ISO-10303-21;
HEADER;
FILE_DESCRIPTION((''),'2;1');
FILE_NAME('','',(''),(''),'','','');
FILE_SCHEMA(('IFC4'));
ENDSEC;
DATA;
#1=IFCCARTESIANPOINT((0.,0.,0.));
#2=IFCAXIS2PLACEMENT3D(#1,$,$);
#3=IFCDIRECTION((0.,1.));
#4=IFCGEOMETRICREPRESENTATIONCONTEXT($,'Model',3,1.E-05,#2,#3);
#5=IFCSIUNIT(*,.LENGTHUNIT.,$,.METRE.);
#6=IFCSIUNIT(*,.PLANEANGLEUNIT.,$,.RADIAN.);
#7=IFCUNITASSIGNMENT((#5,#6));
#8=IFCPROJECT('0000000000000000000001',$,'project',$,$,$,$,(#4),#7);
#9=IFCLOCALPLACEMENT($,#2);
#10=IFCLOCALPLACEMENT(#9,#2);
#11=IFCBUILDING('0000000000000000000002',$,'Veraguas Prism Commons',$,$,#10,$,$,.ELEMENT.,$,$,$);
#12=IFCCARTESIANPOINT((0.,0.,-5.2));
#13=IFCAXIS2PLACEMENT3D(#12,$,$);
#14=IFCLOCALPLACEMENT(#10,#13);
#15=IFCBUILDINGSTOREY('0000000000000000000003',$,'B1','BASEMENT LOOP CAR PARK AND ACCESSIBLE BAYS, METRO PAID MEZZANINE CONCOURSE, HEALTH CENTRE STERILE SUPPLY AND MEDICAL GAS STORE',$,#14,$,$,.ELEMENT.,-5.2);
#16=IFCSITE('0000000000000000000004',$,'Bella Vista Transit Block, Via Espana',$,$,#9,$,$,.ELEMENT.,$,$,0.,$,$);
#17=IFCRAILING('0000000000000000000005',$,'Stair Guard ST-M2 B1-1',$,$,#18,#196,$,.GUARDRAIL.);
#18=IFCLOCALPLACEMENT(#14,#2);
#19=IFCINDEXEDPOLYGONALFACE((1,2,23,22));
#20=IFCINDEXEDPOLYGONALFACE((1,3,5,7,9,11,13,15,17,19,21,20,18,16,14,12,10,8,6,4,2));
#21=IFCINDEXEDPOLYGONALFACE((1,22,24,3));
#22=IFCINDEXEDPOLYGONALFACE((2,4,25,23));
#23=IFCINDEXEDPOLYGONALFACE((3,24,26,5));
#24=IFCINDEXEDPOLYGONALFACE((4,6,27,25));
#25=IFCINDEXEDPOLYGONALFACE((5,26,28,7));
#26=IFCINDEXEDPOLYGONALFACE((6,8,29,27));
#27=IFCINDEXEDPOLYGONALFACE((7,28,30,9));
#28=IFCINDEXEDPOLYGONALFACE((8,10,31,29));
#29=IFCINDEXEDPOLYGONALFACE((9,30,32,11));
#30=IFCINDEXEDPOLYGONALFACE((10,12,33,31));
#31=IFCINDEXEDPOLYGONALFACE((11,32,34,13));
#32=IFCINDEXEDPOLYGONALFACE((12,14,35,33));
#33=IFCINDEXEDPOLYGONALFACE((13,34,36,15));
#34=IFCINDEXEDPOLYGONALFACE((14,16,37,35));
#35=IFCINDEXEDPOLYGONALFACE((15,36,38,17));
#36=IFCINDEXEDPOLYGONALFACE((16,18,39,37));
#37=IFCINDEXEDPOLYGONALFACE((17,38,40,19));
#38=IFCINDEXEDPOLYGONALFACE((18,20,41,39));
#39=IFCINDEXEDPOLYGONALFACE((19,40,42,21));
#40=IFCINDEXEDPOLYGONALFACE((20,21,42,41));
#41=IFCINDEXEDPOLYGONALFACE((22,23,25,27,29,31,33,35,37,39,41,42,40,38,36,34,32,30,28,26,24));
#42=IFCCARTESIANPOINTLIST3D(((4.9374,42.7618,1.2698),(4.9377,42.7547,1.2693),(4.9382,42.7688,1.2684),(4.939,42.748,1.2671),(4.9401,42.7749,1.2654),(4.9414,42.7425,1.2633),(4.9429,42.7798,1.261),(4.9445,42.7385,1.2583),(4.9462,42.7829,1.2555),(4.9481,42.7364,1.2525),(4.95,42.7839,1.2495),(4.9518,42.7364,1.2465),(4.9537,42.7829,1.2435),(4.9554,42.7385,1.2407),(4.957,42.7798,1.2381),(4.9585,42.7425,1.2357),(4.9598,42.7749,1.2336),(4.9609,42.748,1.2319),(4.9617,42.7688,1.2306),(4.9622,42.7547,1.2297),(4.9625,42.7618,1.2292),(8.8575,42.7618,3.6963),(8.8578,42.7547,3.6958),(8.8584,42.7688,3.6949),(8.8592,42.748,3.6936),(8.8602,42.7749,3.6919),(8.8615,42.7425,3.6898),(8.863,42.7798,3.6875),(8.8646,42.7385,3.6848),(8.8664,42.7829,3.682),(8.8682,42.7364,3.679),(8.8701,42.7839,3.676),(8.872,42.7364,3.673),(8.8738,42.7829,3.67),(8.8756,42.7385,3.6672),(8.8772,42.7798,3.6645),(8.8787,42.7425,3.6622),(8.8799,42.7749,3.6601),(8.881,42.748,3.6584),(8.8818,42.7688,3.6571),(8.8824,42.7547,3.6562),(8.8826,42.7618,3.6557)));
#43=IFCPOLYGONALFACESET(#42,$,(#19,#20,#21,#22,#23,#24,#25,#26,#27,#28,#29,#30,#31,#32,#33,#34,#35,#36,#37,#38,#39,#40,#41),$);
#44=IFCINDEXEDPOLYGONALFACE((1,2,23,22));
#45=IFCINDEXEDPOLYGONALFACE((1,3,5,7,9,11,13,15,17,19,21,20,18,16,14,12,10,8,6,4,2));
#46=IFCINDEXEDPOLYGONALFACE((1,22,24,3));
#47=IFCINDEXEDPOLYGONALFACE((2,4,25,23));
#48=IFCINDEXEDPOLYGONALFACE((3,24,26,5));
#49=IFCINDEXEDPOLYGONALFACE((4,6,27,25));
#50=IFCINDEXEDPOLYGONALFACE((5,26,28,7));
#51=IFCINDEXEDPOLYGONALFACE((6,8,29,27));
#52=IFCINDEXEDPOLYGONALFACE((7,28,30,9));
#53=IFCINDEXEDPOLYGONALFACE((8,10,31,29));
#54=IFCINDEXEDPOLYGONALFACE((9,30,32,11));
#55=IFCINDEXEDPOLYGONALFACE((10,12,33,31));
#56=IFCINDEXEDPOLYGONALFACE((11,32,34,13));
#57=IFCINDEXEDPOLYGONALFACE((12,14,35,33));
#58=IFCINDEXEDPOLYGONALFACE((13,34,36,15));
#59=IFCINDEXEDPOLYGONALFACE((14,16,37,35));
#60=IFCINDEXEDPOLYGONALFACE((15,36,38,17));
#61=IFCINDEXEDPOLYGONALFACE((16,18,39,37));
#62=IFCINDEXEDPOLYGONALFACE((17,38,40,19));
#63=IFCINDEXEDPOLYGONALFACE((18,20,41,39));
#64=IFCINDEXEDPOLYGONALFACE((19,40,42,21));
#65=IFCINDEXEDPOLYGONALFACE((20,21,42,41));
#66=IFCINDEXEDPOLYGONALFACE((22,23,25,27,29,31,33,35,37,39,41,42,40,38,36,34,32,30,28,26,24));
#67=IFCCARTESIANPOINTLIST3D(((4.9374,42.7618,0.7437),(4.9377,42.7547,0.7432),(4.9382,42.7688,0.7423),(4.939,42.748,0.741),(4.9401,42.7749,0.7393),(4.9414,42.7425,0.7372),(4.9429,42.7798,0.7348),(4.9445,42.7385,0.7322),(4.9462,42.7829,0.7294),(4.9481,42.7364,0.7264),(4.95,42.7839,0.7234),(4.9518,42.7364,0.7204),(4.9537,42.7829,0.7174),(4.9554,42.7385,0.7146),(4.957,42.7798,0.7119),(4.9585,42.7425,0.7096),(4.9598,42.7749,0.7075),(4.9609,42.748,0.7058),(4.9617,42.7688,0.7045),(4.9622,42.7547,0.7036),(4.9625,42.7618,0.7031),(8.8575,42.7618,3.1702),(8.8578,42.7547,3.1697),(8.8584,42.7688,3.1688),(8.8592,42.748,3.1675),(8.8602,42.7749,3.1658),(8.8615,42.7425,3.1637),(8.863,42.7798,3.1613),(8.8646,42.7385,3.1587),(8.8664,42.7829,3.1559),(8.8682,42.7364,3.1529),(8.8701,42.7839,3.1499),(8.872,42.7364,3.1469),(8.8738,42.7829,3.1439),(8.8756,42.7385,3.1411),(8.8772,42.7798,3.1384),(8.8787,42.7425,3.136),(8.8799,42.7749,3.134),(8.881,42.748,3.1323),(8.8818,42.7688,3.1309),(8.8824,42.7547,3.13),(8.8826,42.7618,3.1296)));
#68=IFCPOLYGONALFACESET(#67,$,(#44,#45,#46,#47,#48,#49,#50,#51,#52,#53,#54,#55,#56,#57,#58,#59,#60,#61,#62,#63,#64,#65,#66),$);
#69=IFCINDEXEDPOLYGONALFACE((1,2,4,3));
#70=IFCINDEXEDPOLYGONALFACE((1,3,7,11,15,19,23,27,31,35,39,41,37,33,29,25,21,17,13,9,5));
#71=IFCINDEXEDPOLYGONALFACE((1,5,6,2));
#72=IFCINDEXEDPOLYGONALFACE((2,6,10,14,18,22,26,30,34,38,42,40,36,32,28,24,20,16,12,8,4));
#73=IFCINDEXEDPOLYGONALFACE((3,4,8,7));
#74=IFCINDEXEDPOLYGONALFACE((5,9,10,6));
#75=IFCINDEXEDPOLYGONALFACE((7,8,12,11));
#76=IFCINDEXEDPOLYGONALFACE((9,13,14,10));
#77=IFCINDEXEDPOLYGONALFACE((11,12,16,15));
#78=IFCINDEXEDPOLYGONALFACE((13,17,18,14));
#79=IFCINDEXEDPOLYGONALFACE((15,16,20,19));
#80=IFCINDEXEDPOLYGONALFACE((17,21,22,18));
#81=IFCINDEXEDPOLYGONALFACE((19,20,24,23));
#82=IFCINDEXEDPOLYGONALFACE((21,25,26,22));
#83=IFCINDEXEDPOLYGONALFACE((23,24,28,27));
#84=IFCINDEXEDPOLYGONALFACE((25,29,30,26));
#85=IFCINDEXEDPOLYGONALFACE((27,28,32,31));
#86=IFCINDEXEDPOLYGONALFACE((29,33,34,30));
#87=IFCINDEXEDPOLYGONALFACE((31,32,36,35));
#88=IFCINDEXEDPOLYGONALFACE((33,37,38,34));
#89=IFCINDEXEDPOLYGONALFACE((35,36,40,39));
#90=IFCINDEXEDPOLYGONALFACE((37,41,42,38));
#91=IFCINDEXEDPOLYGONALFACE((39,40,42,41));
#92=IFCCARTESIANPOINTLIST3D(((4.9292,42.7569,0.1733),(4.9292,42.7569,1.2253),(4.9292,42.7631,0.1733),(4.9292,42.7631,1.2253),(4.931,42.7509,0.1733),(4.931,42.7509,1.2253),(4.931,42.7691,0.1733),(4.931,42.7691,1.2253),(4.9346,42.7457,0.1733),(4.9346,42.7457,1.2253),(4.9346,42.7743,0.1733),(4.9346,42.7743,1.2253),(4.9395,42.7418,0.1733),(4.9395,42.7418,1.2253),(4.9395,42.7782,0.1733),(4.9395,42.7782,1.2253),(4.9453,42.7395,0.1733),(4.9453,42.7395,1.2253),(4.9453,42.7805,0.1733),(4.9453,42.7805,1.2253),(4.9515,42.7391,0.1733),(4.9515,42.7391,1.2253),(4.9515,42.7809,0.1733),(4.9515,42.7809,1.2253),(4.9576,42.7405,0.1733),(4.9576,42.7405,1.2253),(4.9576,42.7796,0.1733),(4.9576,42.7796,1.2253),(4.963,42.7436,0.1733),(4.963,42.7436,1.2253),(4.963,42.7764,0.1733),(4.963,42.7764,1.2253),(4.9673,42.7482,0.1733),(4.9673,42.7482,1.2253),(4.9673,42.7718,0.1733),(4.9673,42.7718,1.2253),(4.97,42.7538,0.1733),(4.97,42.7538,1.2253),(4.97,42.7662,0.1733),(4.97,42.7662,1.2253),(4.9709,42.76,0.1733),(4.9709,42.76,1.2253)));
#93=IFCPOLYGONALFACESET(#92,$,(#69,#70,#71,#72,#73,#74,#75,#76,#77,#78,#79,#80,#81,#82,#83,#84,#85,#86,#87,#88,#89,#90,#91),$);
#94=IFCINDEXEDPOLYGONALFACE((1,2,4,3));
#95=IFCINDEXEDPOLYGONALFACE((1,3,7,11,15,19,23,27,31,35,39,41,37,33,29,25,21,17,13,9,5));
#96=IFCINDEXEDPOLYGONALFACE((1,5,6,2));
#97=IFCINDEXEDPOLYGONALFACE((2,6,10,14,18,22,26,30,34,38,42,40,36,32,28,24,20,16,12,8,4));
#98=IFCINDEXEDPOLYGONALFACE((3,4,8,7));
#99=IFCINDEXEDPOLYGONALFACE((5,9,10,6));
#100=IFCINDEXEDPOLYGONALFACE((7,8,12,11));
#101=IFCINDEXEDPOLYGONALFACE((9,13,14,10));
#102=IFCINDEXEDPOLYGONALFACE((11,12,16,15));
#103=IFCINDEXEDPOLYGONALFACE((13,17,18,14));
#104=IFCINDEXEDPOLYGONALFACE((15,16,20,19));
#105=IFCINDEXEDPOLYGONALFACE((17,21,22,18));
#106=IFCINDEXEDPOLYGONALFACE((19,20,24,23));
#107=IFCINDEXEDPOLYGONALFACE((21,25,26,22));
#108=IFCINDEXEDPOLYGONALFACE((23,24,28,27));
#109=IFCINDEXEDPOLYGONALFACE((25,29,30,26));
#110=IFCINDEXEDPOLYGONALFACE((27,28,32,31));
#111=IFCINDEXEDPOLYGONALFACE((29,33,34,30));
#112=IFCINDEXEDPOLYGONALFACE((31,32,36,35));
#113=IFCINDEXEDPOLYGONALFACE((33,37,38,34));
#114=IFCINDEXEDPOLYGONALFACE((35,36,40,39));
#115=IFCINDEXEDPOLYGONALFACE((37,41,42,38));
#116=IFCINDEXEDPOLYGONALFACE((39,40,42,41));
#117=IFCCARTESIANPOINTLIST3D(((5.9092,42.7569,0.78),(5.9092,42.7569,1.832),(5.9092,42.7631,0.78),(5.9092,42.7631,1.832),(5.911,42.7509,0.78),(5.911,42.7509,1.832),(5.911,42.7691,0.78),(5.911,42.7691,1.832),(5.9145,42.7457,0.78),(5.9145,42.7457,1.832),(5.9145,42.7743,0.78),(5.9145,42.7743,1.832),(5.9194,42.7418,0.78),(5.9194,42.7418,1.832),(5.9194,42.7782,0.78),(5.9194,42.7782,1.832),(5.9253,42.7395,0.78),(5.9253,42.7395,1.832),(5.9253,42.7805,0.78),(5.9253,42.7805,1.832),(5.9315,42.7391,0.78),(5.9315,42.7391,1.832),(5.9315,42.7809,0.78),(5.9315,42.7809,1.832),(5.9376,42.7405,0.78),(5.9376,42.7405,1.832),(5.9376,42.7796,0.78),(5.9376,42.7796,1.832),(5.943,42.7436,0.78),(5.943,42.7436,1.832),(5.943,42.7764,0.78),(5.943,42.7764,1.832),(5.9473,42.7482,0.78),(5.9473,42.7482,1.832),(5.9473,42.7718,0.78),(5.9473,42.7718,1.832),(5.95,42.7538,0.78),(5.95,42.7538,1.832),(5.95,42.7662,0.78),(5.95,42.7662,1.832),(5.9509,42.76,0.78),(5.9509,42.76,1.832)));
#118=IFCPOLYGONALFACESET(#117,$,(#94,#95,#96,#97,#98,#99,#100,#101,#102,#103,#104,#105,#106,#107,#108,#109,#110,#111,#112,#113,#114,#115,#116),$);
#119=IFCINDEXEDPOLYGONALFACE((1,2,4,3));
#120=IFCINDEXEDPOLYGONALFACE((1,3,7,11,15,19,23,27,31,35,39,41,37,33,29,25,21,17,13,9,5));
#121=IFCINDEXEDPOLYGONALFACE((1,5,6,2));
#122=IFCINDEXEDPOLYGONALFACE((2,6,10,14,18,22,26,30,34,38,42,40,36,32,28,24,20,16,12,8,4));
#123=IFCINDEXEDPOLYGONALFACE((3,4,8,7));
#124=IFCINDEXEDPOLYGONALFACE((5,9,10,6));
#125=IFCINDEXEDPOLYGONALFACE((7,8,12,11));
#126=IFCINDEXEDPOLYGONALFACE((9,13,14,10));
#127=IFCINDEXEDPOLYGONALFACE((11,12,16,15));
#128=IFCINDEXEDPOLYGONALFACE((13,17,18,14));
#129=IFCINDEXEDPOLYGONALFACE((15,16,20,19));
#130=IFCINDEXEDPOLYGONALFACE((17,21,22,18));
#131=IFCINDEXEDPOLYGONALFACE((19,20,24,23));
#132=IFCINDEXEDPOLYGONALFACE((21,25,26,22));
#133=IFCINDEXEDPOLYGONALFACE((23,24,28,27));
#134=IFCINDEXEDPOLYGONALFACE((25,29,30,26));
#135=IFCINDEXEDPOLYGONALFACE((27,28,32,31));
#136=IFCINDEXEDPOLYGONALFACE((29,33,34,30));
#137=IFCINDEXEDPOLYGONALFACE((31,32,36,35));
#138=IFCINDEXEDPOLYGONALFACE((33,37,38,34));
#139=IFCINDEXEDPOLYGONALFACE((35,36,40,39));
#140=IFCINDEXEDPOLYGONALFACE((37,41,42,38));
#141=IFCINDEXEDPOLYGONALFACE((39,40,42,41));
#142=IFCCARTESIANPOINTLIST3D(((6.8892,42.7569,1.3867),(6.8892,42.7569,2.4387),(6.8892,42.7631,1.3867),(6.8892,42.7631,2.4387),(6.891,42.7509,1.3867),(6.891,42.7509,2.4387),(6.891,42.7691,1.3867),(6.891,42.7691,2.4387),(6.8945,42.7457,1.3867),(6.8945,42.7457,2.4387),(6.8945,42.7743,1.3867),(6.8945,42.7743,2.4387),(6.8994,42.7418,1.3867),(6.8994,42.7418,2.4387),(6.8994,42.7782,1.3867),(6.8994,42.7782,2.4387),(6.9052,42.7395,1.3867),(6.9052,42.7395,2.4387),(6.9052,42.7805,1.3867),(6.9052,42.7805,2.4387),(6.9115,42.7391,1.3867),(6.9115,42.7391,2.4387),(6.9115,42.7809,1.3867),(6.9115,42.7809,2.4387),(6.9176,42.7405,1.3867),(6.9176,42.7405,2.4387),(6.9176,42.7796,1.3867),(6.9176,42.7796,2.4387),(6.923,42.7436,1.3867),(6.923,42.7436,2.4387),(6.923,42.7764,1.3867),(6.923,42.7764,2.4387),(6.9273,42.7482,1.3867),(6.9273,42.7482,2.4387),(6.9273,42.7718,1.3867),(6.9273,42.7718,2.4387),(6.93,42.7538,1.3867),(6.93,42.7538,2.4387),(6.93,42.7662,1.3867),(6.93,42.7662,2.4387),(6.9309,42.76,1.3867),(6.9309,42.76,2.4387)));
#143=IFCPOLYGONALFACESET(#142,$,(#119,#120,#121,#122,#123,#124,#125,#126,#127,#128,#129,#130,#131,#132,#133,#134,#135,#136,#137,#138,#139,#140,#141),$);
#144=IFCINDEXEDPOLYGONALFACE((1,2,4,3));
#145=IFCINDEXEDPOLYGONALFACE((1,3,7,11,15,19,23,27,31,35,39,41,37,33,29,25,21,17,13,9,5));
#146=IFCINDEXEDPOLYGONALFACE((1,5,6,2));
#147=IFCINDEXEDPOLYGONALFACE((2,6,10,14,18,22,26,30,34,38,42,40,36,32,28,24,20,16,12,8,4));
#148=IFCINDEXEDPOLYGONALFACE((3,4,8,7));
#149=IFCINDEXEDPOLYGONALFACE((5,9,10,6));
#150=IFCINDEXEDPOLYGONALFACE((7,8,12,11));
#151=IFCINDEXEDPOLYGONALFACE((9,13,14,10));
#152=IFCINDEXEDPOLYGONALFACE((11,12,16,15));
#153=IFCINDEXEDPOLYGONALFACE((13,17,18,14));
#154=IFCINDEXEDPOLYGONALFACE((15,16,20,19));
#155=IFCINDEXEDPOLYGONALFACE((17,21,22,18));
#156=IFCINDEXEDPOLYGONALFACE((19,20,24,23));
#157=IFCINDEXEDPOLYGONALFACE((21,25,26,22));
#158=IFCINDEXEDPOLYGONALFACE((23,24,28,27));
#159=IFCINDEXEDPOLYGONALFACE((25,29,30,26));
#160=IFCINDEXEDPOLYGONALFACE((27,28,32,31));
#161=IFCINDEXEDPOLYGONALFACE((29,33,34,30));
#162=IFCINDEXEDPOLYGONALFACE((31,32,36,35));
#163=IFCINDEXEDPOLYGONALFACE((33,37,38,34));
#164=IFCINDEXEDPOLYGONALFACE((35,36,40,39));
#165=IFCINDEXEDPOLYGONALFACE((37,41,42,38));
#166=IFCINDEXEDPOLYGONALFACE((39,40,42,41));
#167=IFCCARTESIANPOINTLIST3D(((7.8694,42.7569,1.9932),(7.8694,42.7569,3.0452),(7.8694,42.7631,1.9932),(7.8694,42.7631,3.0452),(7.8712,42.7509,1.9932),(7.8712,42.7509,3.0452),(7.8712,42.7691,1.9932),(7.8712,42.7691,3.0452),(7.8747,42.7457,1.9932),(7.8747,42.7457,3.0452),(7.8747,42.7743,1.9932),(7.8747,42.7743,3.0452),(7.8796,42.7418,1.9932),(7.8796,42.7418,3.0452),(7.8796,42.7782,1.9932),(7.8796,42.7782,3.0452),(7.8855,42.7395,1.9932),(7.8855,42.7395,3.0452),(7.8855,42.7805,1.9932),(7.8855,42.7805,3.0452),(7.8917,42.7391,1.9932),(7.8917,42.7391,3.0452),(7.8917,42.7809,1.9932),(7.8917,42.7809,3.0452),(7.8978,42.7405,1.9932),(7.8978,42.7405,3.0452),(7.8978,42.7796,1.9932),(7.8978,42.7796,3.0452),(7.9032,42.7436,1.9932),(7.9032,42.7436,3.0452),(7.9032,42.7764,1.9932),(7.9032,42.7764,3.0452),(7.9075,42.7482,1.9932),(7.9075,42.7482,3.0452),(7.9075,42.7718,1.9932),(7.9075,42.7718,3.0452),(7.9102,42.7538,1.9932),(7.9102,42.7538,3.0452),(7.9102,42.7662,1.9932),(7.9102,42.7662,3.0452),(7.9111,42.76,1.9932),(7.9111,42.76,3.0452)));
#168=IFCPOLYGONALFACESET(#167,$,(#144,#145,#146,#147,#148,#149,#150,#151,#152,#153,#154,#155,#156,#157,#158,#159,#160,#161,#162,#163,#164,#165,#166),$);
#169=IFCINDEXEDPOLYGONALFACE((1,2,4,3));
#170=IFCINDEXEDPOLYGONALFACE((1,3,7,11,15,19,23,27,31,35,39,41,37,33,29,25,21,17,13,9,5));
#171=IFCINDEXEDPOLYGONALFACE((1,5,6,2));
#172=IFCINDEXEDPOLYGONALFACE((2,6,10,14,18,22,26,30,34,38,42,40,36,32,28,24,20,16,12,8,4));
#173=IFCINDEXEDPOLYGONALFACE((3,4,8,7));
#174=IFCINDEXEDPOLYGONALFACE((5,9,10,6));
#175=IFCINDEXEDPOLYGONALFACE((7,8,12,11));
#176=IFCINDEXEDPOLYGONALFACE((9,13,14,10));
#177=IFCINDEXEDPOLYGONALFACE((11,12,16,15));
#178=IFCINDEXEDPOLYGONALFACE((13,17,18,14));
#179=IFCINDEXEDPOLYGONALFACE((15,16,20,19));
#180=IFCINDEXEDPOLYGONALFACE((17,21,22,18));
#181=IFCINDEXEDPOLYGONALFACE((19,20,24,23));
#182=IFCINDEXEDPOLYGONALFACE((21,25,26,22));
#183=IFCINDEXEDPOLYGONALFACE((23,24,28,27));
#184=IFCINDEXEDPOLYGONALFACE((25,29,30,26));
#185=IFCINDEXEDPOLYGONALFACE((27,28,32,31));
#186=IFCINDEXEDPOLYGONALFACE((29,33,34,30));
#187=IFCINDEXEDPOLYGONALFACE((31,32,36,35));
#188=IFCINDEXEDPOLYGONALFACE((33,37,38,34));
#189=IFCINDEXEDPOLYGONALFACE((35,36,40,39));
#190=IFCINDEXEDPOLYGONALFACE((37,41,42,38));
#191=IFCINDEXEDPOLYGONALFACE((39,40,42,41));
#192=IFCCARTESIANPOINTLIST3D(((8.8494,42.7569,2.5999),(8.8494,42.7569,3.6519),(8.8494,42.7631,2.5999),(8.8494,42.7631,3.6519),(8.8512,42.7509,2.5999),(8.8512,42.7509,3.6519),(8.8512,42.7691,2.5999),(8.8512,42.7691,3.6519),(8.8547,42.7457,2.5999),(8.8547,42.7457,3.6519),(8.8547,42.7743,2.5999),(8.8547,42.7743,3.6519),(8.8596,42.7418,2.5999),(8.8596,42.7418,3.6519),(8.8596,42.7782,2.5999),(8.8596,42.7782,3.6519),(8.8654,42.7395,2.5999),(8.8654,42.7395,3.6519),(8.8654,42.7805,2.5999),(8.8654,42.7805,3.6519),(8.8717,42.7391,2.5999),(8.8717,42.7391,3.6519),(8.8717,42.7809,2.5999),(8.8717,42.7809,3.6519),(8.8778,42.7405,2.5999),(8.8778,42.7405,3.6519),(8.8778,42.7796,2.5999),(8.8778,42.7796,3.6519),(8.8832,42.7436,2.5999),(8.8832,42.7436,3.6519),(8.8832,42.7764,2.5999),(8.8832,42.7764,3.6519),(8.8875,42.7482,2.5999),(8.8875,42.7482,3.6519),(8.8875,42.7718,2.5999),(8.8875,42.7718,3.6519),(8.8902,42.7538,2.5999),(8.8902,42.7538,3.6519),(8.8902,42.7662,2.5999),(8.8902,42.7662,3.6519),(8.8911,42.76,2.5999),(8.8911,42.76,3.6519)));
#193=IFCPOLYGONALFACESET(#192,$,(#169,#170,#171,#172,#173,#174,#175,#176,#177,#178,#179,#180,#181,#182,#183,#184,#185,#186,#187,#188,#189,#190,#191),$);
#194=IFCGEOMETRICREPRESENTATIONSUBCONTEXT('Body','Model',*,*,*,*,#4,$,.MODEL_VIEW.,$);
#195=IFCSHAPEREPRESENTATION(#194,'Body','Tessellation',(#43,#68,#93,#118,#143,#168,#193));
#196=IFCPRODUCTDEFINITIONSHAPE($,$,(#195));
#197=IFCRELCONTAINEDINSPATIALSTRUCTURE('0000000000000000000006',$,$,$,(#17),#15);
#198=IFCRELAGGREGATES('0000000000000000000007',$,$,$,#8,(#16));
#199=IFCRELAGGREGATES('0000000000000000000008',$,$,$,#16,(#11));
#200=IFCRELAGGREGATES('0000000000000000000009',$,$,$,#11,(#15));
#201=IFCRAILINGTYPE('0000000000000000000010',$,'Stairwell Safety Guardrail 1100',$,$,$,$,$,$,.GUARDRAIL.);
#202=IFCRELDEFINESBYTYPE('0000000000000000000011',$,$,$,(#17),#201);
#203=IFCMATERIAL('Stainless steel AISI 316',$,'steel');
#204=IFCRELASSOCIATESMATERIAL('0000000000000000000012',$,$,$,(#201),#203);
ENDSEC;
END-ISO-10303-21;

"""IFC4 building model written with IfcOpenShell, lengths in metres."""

from ifc_helpers import new_model, si_unit, direction, frame, origin, origin_2d, place, context, subcontext, project, spatial, circle, extrude, material, type_object, element, save


model = new_model("IFC4")

# Units and contexts
model_context = context("Model", 3, precision=1e-05, world=origin(), true_north=direction((0.0, 1.0)))
body_context = subcontext(model_context, "Body", "Model", "MODEL_VIEW")
ifc_project = project(units=[si_unit("LENGTHUNIT", "METRE"), si_unit("PLANEANGLEUNIT", "RADIAN")], contexts=[model_context])

# Site, building, storey
site_placement = place(None, origin())
site = spatial("IfcSite", under=ifc_project, at=site_placement, Name="Bella Vista Transit Block, Via Espana", CompositionType="ELEMENT", RefElevation=0.0)
building_placement = place(site_placement, origin())
building = spatial("IfcBuilding", under=site, at=building_placement, Name="Veraguas Prism Commons", CompositionType="ELEMENT")
storey_placement = place(building_placement, frame((0.0, 0.0, -5.2)))
storey = spatial("IfcBuildingStorey", under=building, at=storey_placement, Name="B1", Description="BASEMENT LOOP CAR PARK AND ACCESSIBLE BAYS, METRO PAID MEZZANINE CONCOURSE, HEALTH CENTRE STERILE SUPPLY AND MEDICAL GAS STORE", CompositionType="ELEMENT", Elevation=-5.2)

# Railing
ifc_material_1 = material(Name="Stainless steel AISI 316", Category="steel")
railing_type_1 = type_object("IfcRailingType", Name="Stairwell Safety Guardrail 1100", PredefinedType="GUARDRAIL", material=ifc_material_1)
railing_1_placement = place(storey_placement, frame((4.95, 42.76, 0.1733)))
element("IfcRailing", 1, at=railing_1_placement, inside=storey, type_object=railing_type_1, Name="Stair Guard ST-M2 B1-1", PredefinedType="GUARDRAIL", context=body_context, shape_type="SweptSolid", body=[
    extrude(circle(Radius=0.0239, at=origin_2d()), frame((0.0, 0.0, 1.0762), z_axis=(0.85029, 0.0, 0.526315), x_axis=(0.0, 1.0, 0.0)), (0.0, 0.0, 1.0), 4.6104),
    extrude(circle(Radius=0.0239, at=origin_2d()), frame((0.0, 0.0, 0.55), z_axis=(0.85029, 0.0, 0.526315), x_axis=(0.0, 1.0, 0.0)), (0.0, 0.0, 1.0), 4.6104),
    extrude(circle(Radius=0.021, at=origin_2d()), origin(), (0.0, 0.0, 1.0), 1.052),
    extrude(circle(Radius=0.021, at=origin_2d()), frame((0.98, 0.0, 0.6067)), (0.0, 0.0, 1.0), 1.052),
    extrude(circle(Radius=0.021, at=origin_2d()), frame((1.96, 0.0, 1.2134)), (0.0, 0.0, 1.0), 1.052),
    extrude(circle(Radius=0.021, at=origin_2d()), frame((2.9402, 0.0, 1.8198)), (0.0, 0.0, 1.0), 1.052),
    extrude(circle(Radius=0.021, at=origin_2d()), frame((3.9202, 0.0, 2.4265)), (0.0, 0.0, 1.0), 1.052),
])

save(model, "model.ifc")
